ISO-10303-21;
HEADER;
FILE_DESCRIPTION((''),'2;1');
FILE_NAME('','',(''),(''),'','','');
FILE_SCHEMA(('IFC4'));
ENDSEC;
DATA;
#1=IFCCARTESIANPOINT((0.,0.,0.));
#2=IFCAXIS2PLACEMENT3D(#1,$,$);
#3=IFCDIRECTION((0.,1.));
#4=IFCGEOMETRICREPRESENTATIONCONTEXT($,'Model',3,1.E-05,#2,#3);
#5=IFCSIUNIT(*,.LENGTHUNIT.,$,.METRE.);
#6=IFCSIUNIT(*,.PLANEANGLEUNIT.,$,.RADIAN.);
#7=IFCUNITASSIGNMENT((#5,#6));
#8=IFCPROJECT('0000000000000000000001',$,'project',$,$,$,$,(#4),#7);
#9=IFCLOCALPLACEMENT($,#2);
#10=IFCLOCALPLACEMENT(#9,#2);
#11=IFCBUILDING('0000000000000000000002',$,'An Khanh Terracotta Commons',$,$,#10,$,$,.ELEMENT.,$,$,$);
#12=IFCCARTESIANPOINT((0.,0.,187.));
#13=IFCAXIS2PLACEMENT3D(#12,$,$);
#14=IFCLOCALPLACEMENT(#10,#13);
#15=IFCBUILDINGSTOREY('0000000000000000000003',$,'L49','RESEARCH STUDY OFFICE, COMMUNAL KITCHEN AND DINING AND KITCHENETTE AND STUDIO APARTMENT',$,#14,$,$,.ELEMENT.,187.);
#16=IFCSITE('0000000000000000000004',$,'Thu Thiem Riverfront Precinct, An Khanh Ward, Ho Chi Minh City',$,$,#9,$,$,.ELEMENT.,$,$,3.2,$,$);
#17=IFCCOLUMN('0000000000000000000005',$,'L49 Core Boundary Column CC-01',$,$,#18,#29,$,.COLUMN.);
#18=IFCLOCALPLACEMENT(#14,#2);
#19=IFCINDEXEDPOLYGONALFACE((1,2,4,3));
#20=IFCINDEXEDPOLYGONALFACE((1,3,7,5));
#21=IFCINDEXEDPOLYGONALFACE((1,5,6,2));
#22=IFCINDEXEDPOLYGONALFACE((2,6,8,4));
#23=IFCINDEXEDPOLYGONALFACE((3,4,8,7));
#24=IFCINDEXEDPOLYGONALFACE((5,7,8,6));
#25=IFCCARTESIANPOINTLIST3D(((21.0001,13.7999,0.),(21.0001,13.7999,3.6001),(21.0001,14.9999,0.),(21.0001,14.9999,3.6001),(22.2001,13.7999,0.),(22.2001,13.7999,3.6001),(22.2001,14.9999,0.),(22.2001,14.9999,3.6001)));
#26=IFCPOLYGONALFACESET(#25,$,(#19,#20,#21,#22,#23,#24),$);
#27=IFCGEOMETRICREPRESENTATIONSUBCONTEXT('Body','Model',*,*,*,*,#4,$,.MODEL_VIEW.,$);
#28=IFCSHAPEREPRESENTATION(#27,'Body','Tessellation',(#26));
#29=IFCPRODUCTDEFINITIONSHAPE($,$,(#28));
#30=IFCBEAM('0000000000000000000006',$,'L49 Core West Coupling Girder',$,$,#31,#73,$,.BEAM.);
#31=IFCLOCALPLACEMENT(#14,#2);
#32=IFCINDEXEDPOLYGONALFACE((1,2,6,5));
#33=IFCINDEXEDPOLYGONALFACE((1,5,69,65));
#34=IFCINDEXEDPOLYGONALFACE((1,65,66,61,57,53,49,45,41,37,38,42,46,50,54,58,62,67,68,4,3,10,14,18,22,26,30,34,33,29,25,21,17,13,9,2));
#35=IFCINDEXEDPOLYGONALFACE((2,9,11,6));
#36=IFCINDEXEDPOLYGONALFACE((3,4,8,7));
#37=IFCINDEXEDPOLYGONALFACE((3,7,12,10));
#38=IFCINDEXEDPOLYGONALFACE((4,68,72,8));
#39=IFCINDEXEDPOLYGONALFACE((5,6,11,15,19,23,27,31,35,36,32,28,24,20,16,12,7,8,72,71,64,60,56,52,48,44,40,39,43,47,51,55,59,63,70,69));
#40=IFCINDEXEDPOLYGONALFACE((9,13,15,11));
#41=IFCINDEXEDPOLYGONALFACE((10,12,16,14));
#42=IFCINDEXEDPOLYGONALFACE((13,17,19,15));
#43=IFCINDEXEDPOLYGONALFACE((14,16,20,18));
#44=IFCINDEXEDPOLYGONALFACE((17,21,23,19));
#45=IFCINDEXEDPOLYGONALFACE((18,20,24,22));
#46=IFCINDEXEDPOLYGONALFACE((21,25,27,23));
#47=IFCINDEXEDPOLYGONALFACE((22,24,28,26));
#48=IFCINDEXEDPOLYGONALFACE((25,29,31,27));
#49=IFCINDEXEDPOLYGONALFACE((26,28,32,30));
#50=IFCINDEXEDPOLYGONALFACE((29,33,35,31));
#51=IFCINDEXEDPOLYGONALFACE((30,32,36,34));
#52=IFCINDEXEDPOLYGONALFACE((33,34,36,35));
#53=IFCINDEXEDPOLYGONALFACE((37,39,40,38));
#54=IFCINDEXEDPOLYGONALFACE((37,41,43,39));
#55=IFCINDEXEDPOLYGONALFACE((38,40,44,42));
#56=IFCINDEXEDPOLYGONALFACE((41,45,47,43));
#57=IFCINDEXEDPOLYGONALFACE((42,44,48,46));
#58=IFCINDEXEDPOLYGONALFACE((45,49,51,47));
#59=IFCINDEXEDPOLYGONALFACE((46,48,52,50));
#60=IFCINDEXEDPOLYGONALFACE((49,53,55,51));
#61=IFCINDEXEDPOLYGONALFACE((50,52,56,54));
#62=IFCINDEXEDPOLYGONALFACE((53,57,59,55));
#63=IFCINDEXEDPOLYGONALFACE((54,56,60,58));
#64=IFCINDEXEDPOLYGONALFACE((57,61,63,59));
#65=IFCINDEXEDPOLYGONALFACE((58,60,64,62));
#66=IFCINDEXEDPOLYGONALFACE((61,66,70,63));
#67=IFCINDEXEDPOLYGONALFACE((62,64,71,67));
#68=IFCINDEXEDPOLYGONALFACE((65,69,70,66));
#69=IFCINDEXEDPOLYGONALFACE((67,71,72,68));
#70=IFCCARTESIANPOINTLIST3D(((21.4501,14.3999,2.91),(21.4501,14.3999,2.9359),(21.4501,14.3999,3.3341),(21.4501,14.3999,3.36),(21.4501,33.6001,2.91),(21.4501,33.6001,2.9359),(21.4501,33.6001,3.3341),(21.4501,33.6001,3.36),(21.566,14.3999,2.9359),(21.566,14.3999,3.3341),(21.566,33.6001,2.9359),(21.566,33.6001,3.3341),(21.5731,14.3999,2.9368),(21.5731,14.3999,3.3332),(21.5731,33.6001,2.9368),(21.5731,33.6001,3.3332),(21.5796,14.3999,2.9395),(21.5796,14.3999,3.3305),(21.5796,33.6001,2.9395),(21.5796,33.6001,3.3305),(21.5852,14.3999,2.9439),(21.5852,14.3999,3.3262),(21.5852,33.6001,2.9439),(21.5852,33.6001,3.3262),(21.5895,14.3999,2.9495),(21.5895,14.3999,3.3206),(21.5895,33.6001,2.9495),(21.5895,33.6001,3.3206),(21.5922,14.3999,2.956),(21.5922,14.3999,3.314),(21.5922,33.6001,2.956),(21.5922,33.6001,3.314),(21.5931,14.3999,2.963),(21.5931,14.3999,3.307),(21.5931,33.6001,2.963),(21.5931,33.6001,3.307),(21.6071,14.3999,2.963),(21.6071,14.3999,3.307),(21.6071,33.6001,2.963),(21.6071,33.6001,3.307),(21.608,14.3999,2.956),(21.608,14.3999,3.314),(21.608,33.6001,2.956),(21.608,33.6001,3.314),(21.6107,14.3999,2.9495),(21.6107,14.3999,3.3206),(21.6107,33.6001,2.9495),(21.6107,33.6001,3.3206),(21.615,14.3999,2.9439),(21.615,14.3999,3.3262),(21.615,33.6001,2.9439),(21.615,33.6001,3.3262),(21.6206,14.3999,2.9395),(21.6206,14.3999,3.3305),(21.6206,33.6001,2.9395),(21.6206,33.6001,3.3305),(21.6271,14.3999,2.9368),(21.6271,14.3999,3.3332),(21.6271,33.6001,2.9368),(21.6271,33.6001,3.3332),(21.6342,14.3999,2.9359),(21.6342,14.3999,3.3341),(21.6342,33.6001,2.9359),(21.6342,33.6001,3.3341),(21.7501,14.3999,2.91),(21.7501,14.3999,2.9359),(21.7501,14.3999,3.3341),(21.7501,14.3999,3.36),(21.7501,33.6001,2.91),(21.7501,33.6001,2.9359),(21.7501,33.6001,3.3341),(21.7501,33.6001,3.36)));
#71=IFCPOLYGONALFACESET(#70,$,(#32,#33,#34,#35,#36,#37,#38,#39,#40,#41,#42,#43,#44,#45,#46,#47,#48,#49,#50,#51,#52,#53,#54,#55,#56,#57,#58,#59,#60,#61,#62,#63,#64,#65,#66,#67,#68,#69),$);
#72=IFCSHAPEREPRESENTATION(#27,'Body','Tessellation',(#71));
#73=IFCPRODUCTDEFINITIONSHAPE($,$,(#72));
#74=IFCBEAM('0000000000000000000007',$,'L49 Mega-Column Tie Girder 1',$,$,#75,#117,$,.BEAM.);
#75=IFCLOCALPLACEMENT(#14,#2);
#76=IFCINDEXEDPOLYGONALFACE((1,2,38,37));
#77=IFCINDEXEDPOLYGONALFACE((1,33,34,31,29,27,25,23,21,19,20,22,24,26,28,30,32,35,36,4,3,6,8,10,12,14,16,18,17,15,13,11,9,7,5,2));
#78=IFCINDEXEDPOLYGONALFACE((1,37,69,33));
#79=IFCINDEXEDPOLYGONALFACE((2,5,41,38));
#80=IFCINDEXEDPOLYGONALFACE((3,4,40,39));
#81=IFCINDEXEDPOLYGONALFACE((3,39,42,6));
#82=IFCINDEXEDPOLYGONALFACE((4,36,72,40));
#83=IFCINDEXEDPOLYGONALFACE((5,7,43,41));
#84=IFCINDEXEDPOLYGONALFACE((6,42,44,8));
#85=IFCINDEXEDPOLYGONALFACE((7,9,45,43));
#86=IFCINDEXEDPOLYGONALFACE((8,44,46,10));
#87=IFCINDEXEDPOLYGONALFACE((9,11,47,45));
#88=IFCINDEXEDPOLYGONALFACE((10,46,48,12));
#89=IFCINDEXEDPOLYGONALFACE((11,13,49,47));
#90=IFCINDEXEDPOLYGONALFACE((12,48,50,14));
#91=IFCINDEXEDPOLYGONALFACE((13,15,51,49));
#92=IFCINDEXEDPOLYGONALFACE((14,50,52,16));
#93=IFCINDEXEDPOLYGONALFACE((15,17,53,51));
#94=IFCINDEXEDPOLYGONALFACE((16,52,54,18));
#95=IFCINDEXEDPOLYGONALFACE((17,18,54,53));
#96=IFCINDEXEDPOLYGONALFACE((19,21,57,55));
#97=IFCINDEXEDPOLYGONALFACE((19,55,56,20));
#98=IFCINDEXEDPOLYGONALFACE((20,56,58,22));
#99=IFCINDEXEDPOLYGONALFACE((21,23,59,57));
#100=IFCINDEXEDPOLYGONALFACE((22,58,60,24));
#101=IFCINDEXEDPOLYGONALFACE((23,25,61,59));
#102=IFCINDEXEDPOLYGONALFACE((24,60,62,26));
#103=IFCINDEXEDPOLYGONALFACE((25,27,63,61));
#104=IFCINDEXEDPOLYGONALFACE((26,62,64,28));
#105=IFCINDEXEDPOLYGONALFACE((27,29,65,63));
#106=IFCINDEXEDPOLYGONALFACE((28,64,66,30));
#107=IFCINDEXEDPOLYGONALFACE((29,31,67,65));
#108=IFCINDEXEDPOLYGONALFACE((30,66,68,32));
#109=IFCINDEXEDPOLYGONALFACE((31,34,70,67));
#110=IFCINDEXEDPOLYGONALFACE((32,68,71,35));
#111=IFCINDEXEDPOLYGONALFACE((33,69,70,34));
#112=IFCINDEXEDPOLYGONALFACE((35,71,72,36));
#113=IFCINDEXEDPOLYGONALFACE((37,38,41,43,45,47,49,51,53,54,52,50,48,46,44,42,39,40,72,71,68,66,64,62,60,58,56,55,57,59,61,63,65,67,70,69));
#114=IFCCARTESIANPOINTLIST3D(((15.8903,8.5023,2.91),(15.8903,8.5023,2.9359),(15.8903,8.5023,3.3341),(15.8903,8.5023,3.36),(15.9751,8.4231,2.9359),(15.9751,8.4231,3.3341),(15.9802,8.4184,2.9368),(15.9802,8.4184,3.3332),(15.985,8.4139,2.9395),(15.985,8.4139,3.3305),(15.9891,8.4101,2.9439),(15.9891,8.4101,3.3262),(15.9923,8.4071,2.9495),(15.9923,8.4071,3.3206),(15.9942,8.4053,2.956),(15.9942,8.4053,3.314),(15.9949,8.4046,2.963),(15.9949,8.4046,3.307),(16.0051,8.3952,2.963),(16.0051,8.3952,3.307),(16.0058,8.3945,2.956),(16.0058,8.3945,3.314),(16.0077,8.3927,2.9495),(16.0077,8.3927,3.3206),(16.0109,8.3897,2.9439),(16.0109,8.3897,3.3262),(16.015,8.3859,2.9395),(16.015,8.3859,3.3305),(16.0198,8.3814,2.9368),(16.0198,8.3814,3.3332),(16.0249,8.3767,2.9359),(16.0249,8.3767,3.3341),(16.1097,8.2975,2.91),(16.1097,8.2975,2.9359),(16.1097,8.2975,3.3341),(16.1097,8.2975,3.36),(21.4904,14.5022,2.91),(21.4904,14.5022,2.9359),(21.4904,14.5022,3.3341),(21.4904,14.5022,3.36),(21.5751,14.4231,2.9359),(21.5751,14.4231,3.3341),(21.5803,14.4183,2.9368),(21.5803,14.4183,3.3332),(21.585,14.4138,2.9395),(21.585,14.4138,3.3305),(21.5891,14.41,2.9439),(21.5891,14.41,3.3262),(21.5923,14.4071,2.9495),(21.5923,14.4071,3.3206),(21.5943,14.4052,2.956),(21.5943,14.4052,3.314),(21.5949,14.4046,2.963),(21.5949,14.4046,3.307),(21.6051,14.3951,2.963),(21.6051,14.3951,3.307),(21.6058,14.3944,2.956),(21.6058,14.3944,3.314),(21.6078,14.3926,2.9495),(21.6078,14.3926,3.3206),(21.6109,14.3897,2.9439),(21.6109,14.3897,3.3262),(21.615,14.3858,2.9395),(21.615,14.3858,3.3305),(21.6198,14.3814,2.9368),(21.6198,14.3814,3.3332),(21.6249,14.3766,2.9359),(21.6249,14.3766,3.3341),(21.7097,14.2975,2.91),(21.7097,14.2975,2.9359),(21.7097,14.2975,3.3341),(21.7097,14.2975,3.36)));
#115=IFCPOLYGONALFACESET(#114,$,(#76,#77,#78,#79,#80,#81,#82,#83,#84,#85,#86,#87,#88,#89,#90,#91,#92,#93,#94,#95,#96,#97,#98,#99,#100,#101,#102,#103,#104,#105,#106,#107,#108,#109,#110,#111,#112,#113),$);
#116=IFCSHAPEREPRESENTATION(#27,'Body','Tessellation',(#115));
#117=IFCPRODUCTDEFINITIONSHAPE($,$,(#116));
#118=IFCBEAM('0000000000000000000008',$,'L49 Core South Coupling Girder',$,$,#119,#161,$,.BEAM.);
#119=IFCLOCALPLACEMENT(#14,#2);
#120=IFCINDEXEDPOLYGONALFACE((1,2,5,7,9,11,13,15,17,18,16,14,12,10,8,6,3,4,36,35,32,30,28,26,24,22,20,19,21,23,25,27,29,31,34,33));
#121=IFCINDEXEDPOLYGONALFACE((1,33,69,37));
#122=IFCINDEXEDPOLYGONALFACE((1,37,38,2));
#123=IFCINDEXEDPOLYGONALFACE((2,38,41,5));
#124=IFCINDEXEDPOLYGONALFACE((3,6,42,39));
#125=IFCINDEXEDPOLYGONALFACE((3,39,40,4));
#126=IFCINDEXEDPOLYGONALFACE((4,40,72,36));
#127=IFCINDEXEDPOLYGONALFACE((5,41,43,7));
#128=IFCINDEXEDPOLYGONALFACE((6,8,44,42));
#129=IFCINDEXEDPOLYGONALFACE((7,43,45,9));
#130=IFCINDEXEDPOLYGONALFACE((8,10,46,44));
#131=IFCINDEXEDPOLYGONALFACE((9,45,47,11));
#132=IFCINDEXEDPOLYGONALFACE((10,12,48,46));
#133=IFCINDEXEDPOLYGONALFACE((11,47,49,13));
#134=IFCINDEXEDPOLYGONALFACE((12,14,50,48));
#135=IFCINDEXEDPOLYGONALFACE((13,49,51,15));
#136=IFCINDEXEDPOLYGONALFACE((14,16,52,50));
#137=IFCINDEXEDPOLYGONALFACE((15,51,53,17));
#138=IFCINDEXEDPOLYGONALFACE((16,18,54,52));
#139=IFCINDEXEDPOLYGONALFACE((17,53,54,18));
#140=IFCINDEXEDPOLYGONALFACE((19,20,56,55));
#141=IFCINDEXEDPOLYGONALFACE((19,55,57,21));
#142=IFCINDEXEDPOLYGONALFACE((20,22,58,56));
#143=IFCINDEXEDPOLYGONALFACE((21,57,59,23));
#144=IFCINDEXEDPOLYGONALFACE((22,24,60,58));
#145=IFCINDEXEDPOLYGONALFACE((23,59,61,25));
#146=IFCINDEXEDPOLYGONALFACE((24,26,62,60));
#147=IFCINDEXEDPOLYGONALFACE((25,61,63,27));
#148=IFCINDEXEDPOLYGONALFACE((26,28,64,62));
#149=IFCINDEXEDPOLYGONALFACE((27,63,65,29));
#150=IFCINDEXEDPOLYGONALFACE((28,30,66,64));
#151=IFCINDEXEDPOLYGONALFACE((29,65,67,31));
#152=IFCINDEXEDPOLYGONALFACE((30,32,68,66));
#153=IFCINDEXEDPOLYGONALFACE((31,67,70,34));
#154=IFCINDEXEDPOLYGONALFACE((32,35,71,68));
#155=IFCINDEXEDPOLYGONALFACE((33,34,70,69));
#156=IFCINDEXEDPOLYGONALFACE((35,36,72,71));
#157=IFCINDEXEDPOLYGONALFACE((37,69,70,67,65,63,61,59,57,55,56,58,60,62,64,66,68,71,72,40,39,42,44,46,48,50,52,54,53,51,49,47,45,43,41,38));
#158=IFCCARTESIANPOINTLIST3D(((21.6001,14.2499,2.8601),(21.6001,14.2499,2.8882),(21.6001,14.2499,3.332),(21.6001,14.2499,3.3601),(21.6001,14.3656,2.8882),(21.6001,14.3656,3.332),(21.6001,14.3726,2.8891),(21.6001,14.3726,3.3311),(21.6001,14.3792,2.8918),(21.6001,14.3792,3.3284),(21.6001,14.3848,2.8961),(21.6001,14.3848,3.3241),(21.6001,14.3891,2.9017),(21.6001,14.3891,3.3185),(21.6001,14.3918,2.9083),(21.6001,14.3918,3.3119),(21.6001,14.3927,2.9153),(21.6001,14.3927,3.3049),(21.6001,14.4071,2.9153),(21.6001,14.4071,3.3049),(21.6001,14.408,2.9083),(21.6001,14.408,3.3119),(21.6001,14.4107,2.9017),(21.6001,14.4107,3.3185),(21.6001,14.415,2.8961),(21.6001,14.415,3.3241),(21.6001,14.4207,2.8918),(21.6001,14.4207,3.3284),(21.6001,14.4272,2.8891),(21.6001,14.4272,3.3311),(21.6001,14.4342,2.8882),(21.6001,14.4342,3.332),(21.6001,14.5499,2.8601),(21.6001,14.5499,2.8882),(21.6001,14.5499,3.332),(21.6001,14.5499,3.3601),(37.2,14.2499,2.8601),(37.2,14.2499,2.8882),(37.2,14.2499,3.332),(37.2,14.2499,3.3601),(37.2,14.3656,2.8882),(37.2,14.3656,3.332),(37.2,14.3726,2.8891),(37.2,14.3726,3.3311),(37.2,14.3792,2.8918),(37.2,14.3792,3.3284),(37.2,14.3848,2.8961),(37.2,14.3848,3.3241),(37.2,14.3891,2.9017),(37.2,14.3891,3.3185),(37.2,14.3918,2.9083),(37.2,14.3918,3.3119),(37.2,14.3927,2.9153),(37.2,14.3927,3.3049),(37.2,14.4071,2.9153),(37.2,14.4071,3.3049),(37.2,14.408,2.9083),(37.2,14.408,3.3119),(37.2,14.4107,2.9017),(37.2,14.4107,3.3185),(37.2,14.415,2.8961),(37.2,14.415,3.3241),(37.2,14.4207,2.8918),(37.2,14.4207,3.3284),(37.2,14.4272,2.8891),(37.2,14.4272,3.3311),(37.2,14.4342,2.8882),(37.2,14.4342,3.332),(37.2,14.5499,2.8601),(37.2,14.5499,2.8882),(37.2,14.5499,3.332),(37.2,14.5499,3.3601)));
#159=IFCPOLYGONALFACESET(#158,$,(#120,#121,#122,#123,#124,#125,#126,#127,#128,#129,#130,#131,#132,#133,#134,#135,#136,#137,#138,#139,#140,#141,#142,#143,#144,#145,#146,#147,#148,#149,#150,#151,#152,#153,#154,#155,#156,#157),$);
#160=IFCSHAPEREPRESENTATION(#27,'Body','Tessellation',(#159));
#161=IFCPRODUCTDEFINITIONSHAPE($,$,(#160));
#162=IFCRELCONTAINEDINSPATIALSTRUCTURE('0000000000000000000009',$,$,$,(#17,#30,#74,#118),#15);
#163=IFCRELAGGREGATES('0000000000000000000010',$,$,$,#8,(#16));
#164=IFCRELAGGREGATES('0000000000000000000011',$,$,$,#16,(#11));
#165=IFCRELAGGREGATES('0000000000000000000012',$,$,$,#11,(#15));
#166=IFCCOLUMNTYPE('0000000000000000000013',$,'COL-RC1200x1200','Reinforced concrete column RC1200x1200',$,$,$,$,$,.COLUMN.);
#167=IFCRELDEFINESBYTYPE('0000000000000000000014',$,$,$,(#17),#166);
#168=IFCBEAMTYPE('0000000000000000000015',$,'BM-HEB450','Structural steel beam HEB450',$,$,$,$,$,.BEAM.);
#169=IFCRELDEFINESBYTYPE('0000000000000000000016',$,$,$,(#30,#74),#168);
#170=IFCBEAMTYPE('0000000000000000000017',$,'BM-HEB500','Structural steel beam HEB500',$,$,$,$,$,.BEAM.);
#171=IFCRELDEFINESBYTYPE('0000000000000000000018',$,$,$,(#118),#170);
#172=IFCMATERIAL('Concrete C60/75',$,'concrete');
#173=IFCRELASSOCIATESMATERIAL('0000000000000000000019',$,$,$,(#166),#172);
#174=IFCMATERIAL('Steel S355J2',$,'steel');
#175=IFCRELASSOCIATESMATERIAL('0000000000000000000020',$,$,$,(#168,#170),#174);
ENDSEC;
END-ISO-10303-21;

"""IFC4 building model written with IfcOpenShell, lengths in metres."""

from ifc_helpers import new_model, si_unit, direction, frame, origin, origin_2d, place, context, subcontext, project, spatial, rectangle, i_section, extrude, material, material_profile, profile_set, type_object, element, save


model = new_model("IFC4")

# Units and contexts
model_context = context("Model", 3, precision=1e-05, world=origin(), true_north=direction((0.0, 1.0)))
body_context = subcontext(model_context, "Body", "Model", "MODEL_VIEW")
ifc_project = project(units=[si_unit("LENGTHUNIT", "METRE"), si_unit("PLANEANGLEUNIT", "RADIAN")], contexts=[model_context])

# Site, building, storey
site_placement = place(None, origin())
site = spatial("IfcSite", under=ifc_project, at=site_placement, Name="Thu Thiem Riverfront Precinct, An Khanh Ward, Ho Chi Minh City", CompositionType="ELEMENT", RefElevation=3.2)
building_placement = place(site_placement, origin())
building = spatial("IfcBuilding", under=site, at=building_placement, Name="An Khanh Terracotta Commons", CompositionType="ELEMENT")
storey_placement = place(building_placement, frame((0.0, 0.0, 187.0)))
storey = spatial("IfcBuildingStorey", under=building, at=storey_placement, Name="L49", Description="RESEARCH STUDY OFFICE, COMMUNAL KITCHEN AND DINING AND KITCHENETTE AND STUDIO APARTMENT", CompositionType="ELEMENT", Elevation=187.0)

# Column
ifc_material_1 = material(Name="Concrete C60/75", Category="concrete")
ifc_material_profile_1 = material_profile(ifc_material_1, rectangle(XDim=1.2, YDim=1.2, at=origin_2d()), Name="RC1200x1200")
ifc_profile_set_1 = profile_set([ifc_material_profile_1], Name="Concrete C60/75")
column_type = type_object("IfcColumnType", Name="COL-RC1200x1200", Description="Reinforced concrete column RC1200x1200", PredefinedType="COLUMN", material=ifc_profile_set_1)
column_placement = place(storey_placement, frame((21.6001, 14.3999, 0.0), z_axis=(0.0, 0.0, 1.0), x_axis=(1.0, 0.0, 0.0)))
element("IfcColumn", 1, at=column_placement, inside=storey, type_object=column_type, Name="L49 Core Boundary Column CC-01", PredefinedType="COLUMN", context=body_context, shape_type="SweptSolid", body=[
    extrude(rectangle(XDim=1.2, YDim=1.2, at=origin_2d()), origin(), (0.0, 0.0, 1.0), 3.6001),
])

# Beams
ifc_material_2 = material(Name="Steel S355J2", Category="steel")
ifc_material_profile_2 = material_profile(ifc_material_2, i_section(OverallWidth=0.3, OverallDepth=0.45, WebThickness=0.0139, FlangeThickness=0.0259, FilletRadius=0.0271, at=origin_2d()), Name="HEB450")
ifc_profile_set_2 = profile_set([ifc_material_profile_2], Name="Steel S355J2")
beam_type_1 = type_object("IfcBeamType", Name="BM-HEB450", Description="Structural steel beam HEB450", PredefinedType="BEAM", material=ifc_profile_set_2)
beam_1_placement = place(storey_placement, frame((21.6001, 14.3999, 3.135), z_axis=(0.0, 1.0, 0.0), x_axis=(-1.0, 0.0, 0.0)))
element("IfcBeam", 2, at=beam_1_placement, inside=storey, type_object=beam_type_1, Name="L49 Core West Coupling Girder", PredefinedType="BEAM", context=body_context, shape_type="SweptSolid", body=[
    extrude(i_section(OverallWidth=0.3, OverallDepth=0.45, WebThickness=0.0139, FlangeThickness=0.0259, FilletRadius=0.0271, at=origin_2d()), origin(), (0.0, 0.0, 1.0), 19.2002),
])
beam_2_placement = place(storey_placement, frame((16.0, 8.3999, 3.135), z_axis=(0.682325, 0.731049, 0.0), x_axis=(-0.731049, 0.682325, 0.0)))
element("IfcBeam", 3, at=beam_2_placement, inside=storey, type_object=beam_type_1, Name="L49 Mega-Column Tie Girder 1", PredefinedType="BEAM", context=body_context, shape_type="SweptSolid", body=[
    extrude(i_section(OverallWidth=0.3, OverallDepth=0.45, WebThickness=0.0139, FlangeThickness=0.0259, FilletRadius=0.0271, at=origin_2d()), origin(), (0.0, 0.0, 1.0), 8.2073),
])
ifc_material_profile_3 = material_profile(ifc_material_2, i_section(OverallWidth=0.3, OverallDepth=0.5, WebThickness=0.0144, FlangeThickness=0.0281, FilletRadius=0.0271, at=origin_2d()), Name="HEB500")
ifc_profile_set_3 = profile_set([ifc_material_profile_3], Name="Steel S355J2")
beam_type_2 = type_object("IfcBeamType", Name="BM-HEB500", Description="Structural steel beam HEB500", PredefinedType="BEAM", material=ifc_profile_set_3)
beam_3_placement = place(storey_placement, frame((21.6001, 14.3999, 3.1101), z_axis=(1.0, 0.0, 0.0), x_axis=(0.0, 1.0, 0.0)))
element("IfcBeam", 4, at=beam_3_placement, inside=storey, type_object=beam_type_2, Name="L49 Core South Coupling Girder", PredefinedType="BEAM", context=body_context, shape_type="SweptSolid", body=[
    extrude(i_section(OverallWidth=0.3, OverallDepth=0.5, WebThickness=0.0144, FlangeThickness=0.0281, FilletRadius=0.0271, at=origin_2d()), origin(), (0.0, 0.0, 1.0), 15.5999),
])

save(model, "model.ifc")
